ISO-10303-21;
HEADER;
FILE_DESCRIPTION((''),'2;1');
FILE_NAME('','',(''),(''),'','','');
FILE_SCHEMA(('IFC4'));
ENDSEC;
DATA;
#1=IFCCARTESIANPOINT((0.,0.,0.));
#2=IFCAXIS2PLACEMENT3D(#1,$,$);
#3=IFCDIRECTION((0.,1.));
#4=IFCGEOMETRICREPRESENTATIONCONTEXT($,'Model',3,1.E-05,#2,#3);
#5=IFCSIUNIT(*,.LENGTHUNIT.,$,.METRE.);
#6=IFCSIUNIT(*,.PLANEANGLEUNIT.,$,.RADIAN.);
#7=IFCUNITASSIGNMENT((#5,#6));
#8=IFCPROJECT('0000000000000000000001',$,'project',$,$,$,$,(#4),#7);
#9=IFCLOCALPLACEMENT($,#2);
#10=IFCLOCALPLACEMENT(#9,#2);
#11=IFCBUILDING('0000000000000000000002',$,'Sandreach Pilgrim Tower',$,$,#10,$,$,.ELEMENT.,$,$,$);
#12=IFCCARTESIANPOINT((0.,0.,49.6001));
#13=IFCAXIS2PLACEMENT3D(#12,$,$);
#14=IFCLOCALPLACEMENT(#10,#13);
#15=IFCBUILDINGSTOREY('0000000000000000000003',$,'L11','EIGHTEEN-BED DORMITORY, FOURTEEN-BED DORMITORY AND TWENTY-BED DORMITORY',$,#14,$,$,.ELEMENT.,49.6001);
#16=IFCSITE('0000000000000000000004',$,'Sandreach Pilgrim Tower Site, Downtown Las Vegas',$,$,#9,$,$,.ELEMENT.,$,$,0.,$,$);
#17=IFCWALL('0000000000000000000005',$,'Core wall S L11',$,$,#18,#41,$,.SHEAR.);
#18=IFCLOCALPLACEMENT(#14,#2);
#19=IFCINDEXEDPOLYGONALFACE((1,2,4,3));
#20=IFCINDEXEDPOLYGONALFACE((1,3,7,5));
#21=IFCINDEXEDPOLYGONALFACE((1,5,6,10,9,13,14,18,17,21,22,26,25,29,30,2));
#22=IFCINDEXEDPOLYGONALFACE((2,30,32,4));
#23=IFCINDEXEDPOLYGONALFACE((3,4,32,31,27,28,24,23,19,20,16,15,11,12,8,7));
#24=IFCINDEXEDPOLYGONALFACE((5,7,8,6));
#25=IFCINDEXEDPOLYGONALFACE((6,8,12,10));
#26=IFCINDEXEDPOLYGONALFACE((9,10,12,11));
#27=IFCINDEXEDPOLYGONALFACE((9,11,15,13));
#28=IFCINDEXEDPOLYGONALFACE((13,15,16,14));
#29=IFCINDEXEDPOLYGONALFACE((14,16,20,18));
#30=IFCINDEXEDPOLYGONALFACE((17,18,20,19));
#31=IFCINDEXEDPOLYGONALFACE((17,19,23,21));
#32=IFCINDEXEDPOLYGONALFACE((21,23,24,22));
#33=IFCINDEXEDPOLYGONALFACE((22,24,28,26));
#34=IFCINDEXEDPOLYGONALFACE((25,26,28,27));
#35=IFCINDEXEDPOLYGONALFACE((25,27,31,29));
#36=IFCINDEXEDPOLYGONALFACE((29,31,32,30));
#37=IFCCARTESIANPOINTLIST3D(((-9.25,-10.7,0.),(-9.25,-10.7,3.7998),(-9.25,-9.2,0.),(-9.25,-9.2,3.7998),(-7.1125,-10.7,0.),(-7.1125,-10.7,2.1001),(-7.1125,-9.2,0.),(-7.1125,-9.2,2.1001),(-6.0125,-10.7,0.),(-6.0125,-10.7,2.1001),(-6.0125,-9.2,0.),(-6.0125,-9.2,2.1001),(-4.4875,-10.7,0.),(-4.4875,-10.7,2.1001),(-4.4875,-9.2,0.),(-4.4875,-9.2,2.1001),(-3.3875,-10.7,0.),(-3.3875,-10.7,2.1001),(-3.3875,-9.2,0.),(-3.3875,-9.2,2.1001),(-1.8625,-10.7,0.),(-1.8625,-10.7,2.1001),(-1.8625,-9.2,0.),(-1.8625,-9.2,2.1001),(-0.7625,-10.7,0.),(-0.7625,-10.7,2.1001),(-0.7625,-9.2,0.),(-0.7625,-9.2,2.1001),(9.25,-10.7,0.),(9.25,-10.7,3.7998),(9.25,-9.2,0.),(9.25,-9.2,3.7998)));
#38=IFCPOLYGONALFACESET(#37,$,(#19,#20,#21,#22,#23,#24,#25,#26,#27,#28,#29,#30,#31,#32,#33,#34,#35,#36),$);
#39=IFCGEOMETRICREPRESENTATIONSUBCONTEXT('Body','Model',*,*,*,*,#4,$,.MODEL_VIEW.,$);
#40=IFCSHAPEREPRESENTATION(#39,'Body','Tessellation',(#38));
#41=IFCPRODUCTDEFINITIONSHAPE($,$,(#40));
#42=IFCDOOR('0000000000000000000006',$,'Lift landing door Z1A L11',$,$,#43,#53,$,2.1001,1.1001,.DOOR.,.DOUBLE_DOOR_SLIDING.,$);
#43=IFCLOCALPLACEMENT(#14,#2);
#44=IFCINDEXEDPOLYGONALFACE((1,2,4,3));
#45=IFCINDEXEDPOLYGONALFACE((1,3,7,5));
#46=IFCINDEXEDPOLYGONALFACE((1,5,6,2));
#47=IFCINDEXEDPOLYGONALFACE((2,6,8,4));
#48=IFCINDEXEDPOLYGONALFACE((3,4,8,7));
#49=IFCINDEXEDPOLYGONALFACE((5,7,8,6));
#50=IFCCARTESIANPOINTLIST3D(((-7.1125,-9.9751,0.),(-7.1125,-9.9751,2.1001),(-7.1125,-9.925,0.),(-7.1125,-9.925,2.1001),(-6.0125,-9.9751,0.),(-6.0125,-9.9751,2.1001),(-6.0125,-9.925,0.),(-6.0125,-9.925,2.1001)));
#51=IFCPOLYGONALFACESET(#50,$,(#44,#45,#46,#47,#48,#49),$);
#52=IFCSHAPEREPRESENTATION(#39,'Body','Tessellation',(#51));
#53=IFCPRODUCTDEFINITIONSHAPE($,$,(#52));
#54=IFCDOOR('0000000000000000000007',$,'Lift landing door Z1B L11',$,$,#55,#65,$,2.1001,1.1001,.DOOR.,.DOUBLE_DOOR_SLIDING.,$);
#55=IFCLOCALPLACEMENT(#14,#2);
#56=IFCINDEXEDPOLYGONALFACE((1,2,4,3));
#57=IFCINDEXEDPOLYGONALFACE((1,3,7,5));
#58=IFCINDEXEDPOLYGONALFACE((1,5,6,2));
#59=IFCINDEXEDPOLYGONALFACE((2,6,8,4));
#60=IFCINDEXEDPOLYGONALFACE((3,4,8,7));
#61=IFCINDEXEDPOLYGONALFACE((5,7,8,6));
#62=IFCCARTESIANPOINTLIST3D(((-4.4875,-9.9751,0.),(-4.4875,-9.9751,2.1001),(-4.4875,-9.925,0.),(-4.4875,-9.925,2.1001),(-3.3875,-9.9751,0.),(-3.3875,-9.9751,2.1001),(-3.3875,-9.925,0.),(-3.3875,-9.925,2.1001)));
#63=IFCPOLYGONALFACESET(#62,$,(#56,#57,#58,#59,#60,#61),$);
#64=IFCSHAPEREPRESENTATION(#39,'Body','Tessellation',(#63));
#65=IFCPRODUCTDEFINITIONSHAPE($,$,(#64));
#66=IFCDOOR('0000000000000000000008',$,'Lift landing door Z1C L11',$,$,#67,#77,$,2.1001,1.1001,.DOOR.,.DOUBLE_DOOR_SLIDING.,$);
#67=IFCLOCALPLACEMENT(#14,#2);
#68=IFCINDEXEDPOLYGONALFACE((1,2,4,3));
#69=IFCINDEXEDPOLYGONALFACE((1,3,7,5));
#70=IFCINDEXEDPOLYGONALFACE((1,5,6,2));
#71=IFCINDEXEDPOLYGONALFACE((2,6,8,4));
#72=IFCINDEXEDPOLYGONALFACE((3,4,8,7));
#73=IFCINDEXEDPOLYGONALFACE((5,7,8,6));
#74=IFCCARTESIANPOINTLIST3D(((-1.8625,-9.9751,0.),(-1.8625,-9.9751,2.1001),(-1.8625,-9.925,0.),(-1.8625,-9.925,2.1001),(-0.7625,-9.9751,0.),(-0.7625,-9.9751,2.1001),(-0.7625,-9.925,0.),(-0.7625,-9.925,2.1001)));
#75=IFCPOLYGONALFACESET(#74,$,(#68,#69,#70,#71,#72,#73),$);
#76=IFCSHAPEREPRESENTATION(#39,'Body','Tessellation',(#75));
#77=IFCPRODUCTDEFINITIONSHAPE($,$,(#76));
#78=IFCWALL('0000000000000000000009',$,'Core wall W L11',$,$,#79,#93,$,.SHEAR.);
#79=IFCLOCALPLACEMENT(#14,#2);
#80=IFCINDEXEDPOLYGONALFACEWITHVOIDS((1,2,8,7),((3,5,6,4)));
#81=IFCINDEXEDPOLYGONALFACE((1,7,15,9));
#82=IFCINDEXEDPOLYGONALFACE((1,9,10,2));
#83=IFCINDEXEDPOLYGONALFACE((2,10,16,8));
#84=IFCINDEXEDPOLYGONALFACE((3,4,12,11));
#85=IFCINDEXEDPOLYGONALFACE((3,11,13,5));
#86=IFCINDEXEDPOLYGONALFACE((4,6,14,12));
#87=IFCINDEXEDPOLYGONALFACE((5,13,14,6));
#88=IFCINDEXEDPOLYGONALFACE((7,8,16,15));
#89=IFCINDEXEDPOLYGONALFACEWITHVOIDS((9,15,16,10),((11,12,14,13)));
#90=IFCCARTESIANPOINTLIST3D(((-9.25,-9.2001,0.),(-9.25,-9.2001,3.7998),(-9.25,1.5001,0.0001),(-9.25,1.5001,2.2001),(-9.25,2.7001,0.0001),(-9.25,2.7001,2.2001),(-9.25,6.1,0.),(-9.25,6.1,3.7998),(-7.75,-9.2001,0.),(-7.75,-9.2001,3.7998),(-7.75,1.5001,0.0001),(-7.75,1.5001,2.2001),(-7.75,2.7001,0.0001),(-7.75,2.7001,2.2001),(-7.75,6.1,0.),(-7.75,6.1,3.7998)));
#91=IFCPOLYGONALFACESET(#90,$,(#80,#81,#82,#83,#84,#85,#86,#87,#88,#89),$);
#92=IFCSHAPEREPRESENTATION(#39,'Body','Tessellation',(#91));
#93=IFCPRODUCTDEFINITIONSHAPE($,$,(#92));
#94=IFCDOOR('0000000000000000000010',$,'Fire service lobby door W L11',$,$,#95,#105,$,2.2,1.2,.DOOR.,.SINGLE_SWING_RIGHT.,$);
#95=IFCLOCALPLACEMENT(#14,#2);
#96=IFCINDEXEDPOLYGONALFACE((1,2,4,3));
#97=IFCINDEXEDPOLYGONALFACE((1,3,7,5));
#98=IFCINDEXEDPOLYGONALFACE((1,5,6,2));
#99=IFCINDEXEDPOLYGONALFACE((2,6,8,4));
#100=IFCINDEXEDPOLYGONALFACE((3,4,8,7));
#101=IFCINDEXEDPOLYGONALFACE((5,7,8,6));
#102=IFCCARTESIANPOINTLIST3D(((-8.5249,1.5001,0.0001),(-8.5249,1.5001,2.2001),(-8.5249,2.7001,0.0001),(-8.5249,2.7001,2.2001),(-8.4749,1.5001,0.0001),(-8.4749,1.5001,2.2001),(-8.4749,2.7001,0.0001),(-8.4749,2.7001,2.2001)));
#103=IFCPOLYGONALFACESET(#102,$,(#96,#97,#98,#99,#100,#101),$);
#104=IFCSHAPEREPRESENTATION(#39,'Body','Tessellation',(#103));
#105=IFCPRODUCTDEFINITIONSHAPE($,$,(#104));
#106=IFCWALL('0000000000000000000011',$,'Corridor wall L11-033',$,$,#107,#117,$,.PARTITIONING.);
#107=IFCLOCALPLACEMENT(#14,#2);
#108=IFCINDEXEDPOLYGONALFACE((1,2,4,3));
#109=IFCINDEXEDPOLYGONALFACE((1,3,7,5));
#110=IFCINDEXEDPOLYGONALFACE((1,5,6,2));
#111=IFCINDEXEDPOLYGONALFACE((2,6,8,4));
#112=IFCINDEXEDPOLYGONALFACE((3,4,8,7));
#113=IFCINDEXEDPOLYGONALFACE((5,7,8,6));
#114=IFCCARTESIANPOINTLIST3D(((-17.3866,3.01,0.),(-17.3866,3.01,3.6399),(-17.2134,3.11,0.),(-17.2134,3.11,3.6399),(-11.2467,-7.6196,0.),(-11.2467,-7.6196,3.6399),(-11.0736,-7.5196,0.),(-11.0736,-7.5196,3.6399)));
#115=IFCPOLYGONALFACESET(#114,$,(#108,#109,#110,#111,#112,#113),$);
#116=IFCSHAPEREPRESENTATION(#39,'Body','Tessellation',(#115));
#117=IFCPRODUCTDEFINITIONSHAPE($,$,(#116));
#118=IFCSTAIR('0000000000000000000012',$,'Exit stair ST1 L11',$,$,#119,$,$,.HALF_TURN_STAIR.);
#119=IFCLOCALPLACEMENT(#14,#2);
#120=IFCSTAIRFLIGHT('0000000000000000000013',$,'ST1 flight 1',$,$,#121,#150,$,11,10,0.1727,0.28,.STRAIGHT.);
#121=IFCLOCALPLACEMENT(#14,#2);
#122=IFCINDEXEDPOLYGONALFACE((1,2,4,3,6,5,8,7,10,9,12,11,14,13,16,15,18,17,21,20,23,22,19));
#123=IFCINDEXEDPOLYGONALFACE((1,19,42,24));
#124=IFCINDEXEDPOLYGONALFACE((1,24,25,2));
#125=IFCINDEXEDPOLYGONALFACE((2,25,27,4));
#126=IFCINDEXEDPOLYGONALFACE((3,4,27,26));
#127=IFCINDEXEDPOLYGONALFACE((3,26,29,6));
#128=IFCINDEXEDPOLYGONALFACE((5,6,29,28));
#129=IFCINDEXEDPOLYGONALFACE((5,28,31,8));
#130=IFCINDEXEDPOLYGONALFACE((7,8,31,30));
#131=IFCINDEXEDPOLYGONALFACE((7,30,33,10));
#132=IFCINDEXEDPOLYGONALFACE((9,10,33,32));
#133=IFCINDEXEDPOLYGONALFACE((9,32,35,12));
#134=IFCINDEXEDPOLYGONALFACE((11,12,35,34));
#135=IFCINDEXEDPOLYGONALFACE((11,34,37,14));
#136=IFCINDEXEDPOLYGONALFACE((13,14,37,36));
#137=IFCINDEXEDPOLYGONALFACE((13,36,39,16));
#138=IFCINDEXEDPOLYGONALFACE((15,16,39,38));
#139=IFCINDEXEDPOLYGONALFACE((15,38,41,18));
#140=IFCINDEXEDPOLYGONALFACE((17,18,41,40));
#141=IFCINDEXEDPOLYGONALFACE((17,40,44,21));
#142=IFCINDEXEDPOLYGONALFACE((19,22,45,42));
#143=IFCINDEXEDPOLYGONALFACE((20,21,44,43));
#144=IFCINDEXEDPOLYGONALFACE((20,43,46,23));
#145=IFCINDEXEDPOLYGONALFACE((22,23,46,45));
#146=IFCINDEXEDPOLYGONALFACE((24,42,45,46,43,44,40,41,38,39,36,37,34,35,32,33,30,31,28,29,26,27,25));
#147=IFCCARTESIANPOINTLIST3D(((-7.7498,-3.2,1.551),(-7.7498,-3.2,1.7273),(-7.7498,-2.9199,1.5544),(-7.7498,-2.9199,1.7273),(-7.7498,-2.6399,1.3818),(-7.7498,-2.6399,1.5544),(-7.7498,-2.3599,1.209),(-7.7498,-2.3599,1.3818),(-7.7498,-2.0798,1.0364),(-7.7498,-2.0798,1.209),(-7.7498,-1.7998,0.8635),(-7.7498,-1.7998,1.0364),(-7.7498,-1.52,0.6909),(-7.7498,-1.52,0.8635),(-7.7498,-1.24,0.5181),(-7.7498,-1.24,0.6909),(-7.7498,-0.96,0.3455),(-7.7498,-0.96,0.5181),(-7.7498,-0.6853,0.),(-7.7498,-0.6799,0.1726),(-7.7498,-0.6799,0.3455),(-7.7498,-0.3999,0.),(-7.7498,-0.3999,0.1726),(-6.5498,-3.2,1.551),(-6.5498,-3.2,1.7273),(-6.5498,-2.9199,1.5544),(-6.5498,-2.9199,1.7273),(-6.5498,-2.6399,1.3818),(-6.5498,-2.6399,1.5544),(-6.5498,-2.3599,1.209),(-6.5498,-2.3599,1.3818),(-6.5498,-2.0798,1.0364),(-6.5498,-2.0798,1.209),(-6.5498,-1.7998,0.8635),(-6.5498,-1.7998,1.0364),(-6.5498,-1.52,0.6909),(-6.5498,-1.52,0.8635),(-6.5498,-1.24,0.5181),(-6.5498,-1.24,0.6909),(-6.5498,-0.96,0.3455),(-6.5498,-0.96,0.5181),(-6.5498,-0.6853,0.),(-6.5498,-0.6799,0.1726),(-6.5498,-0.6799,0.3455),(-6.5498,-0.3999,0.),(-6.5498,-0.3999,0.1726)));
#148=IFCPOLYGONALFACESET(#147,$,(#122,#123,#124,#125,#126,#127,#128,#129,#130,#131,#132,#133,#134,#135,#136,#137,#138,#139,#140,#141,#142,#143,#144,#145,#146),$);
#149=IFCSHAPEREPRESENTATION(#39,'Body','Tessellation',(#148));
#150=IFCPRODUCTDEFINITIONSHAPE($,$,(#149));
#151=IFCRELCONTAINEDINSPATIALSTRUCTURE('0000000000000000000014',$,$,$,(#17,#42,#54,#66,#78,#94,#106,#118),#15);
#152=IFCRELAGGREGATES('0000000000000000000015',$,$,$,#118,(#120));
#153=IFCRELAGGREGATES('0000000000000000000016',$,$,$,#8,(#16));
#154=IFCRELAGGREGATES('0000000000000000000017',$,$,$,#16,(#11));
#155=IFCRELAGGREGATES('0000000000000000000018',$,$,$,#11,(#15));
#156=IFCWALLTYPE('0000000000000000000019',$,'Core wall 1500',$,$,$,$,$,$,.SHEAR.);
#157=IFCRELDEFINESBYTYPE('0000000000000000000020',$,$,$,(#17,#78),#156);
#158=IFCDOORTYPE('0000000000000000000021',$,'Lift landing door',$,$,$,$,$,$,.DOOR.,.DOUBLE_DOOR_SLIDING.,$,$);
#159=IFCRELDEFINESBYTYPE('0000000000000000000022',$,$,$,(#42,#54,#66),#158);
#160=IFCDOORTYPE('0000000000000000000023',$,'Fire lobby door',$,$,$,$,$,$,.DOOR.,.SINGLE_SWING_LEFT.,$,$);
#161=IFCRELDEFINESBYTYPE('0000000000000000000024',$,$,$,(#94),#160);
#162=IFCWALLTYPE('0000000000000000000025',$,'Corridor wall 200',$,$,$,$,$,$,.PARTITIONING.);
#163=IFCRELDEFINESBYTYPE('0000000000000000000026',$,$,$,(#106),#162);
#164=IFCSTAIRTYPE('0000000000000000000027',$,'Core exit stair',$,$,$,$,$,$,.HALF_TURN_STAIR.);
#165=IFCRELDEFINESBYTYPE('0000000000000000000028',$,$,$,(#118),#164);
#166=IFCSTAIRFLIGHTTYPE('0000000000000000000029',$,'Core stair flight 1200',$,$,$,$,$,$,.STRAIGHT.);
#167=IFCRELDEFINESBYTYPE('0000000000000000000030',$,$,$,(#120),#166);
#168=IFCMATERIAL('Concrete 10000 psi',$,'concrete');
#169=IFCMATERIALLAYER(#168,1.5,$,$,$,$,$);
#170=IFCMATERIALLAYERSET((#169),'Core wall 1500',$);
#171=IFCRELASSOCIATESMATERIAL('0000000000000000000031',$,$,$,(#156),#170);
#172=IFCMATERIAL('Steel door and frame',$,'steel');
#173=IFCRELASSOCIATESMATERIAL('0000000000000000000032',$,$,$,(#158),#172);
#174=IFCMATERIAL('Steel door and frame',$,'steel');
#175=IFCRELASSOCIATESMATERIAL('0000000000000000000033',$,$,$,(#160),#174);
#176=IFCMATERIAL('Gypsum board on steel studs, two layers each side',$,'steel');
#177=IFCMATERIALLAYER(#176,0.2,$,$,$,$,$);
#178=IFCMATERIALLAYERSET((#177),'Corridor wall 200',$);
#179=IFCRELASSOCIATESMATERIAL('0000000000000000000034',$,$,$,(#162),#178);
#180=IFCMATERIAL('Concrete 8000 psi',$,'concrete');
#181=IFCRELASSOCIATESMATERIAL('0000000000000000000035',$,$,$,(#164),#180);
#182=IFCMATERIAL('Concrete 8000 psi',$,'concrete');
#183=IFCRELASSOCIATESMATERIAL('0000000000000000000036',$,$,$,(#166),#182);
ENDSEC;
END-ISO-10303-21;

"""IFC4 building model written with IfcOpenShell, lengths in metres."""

from ifc_helpers import new_model, si_unit, direction, frame, frame_2d, origin, place, context, subcontext, project, spatial, polyline, rectangle, outline, extrude, material, layer, layer_set, type_object, element, fill, aggregate, save


model = new_model("IFC4")

# Units and contexts
model_context = context("Model", 3, precision=1e-05, world=origin(), true_north=direction((0.0, 1.0)))
body_context = subcontext(model_context, "Body", "Model", "MODEL_VIEW")
ifc_project = project(units=[si_unit("LENGTHUNIT", "METRE"), si_unit("PLANEANGLEUNIT", "RADIAN")], contexts=[model_context])

# Site, building, storey
site_placement = place(None, origin())
site = spatial("IfcSite", under=ifc_project, at=site_placement, Name="Sandreach Pilgrim Tower Site, Downtown Las Vegas", CompositionType="ELEMENT", RefElevation=0.0)
building_placement = place(site_placement, origin())
building = spatial("IfcBuilding", under=site, at=building_placement, Name="Sandreach Pilgrim Tower", CompositionType="ELEMENT")
storey_placement = place(building_placement, frame((0.0, 0.0, 49.6001)))
storey = spatial("IfcBuildingStorey", under=building, at=storey_placement, Name="L11", Description="EIGHTEEN-BED DORMITORY, FOURTEEN-BED DORMITORY AND TWENTY-BED DORMITORY", CompositionType="ELEMENT", Elevation=49.6001)

# Wall, openings, doors
ifc_material_1 = material(Name="Concrete 10000 psi", Category="concrete")
ifc_layer_1 = layer(ifc_material_1, 1.5)
ifc_layer_set_1 = layer_set([ifc_layer_1], Name="Core wall 1500")
wall_type_1 = type_object("IfcWallType", Name="Core wall 1500", PredefinedType="SHEAR", material=ifc_layer_set_1)
wall_1_placement = place(storey_placement, frame((-9.25, -9.95, 0.0), z_axis=(0.0, 0.0, 1.0), x_axis=(1.0, 0.0, 0.0)))
wall_1 = element("IfcWall", 1, at=wall_1_placement, inside=storey, type_object=wall_type_1, Name="Core wall S L11", PredefinedType="SHEAR", context=body_context, shape_type="SweptSolid", body=[
    extrude(rectangle(XDim=18.5, YDim=1.5, at=frame_2d((9.25, 0.0))), origin(), (0.0, 0.0, 1.0), 3.7998),
])
opening_1_placement = place(wall_1_placement, frame((2.1375, 0.0, 0.0)))
opening_1 = element("IfcOpeningElement", 2, at=opening_1_placement, cuts=wall_1, PredefinedType="OPENING", context=body_context, shape_type="SweptSolid", body=[
    extrude(rectangle(XDim=1.1001, YDim=2.1001, at=frame_2d((0.55, 1.05))), frame((0.0, 0.75, 0.0), z_axis=(0.0, -1.0, 0.0), x_axis=(1.0, 0.0, 0.0)), (0.0, 0.0, 1.0), 1.5),
])
opening_2_placement = place(wall_1_placement, frame((4.7625, 0.0, 0.0)))
opening_2 = element("IfcOpeningElement", 3, at=opening_2_placement, cuts=wall_1, PredefinedType="OPENING", context=body_context, shape_type="SweptSolid", body=[
    extrude(rectangle(XDim=1.1001, YDim=2.1001, at=frame_2d((0.55, 1.05))), frame((0.0, 0.75, 0.0), z_axis=(0.0, -1.0, 0.0), x_axis=(1.0, 0.0, 0.0)), (0.0, 0.0, 1.0), 1.5),
])
opening_3_placement = place(wall_1_placement, frame((7.3875, 0.0, 0.0)))
opening_3 = element("IfcOpeningElement", 4, at=opening_3_placement, cuts=wall_1, PredefinedType="OPENING", context=body_context, shape_type="SweptSolid", body=[
    extrude(rectangle(XDim=1.1001, YDim=2.1001, at=frame_2d((0.55, 1.05))), frame((0.0, 0.75, 0.0), z_axis=(0.0, -1.0, 0.0), x_axis=(1.0, 0.0, 0.0)), (0.0, 0.0, 1.0), 1.5),
])
ifc_material_2 = material(Name="Steel door and frame", Category="steel")
door_type_1 = type_object("IfcDoorType", Name="Lift landing door", OperationType="DOUBLE_DOOR_SLIDING", PredefinedType="DOOR", material=ifc_material_2)
door_1_placement = place(opening_1_placement, origin())
door_1 = element("IfcDoor", 5, at=door_1_placement, inside=storey, type_object=door_type_1, Name="Lift landing door Z1A L11", OperationType="DOUBLE_DOOR_SLIDING", OverallHeight=2.1001, OverallWidth=1.1001, PredefinedType="DOOR", context=body_context, shape_type="SweptSolid", body=[
    extrude(rectangle(XDim=1.1001, YDim=2.1001, at=frame_2d((0.55, 1.05))), frame((0.0, 0.0249, 0.0), z_axis=(0.0, -1.0, 0.0), x_axis=(1.0, 0.0, 0.0)), (0.0, 0.0, 1.0), 0.05),
])
fill(opening_1, door_1)
door_2_placement = place(opening_2_placement, origin())
door_2 = element("IfcDoor", 6, at=door_2_placement, inside=storey, type_object=door_type_1, Name="Lift landing door Z1B L11", OperationType="DOUBLE_DOOR_SLIDING", OverallHeight=2.1001, OverallWidth=1.1001, PredefinedType="DOOR", context=body_context, shape_type="SweptSolid", body=[
    extrude(rectangle(XDim=1.1001, YDim=2.1001, at=frame_2d((0.55, 1.05))), frame((0.0, 0.0249, 0.0), z_axis=(0.0, -1.0, 0.0), x_axis=(1.0, 0.0, 0.0)), (0.0, 0.0, 1.0), 0.05),
])
fill(opening_2, door_2)
door_3_placement = place(opening_3_placement, origin())
door_3 = element("IfcDoor", 7, at=door_3_placement, inside=storey, type_object=door_type_1, Name="Lift landing door Z1C L11", OperationType="DOUBLE_DOOR_SLIDING", OverallHeight=2.1001, OverallWidth=1.1001, PredefinedType="DOOR", context=body_context, shape_type="SweptSolid", body=[
    extrude(rectangle(XDim=1.1001, YDim=2.1001, at=frame_2d((0.55, 1.05))), frame((0.0, 0.0249, 0.0), z_axis=(0.0, -1.0, 0.0), x_axis=(1.0, 0.0, 0.0)), (0.0, 0.0, 1.0), 0.05),
])
fill(opening_3, door_3)

# Wall, opening, door
wall_2_placement = place(storey_placement, frame((-8.5, -9.2, 0.0), z_axis=(0.0, 0.0, 1.0), x_axis=(0.0, 1.0, 0.0)))
wall_2 = element("IfcWall", 8, at=wall_2_placement, inside=storey, type_object=wall_type_1, Name="Core wall W L11", PredefinedType="SHEAR", context=body_context, shape_type="SweptSolid", body=[
    extrude(rectangle(XDim=15.3, YDim=1.5, at=frame_2d((7.6499, 0.0))), origin(), (0.0, 0.0, 1.0), 3.7998),
])
opening_4_placement = place(wall_2_placement, frame((10.7, 0.0, 0.0)))
opening_4 = element("IfcOpeningElement", 9, at=opening_4_placement, cuts=wall_2, PredefinedType="OPENING", context=body_context, shape_type="SweptSolid", body=[
    extrude(rectangle(XDim=1.2, YDim=2.2, at=frame_2d((0.6001, 1.1001))), frame((0.0, 0.75, 0.0), z_axis=(0.0, -1.0, 0.0), x_axis=(1.0, 0.0, 0.0)), (0.0, 0.0, 1.0), 1.5),
])
ifc_material_3 = material(Name="Steel door and frame", Category="steel")
door_type_2 = type_object("IfcDoorType", Name="Fire lobby door", OperationType="SINGLE_SWING_LEFT", PredefinedType="DOOR", material=ifc_material_3)
door_4_placement = place(opening_4_placement, origin())
door_4 = element("IfcDoor", 10, at=door_4_placement, inside=storey, type_object=door_type_2, Name="Fire service lobby door W L11", OperationType="SINGLE_SWING_RIGHT", OverallHeight=2.2, OverallWidth=1.2, PredefinedType="DOOR", context=body_context, shape_type="SweptSolid", body=[
    extrude(rectangle(XDim=1.2, YDim=2.2, at=frame_2d((0.6001, 1.1001))), frame((0.0, 0.0249, 0.0), z_axis=(0.0, -1.0, 0.0), x_axis=(1.0, 0.0, 0.0)), (0.0, 0.0, 1.0), 0.05),
])
fill(opening_4, door_4)
ifc_material_4 = material(Name="Gypsum board on steel studs, two layers each side", Category="steel")
ifc_layer_2 = layer(ifc_material_4, 0.2)
ifc_layer_set_2 = layer_set([ifc_layer_2], Name="Corridor wall 200")
wall_type_2 = type_object("IfcWallType", Name="Corridor wall 200", PredefinedType="PARTITIONING", material=ifc_layer_set_2)

# Wall
wall_3_placement = place(storey_placement, frame((-11.1602, -7.5696, 0.0), z_axis=(0.0, 0.0, 1.0), x_axis=(-0.500175, 0.865924, 0.0)))
element("IfcWall", 11, at=wall_3_placement, inside=storey, type_object=wall_type_2, Name="Corridor wall L11-033", PredefinedType="PARTITIONING", context=body_context, shape_type="SweptSolid", body=[
    extrude(rectangle(XDim=12.2754, YDim=0.2, at=frame_2d((6.1377, 0.0))), origin(), (0.0, 0.0, 1.0), 3.6399),
])

# Stair, stair flight
ifc_material_5 = material(Name="Concrete 8000 psi", Category="concrete")
stair_type = type_object("IfcStairType", Name="Core exit stair", PredefinedType="HALF_TURN_STAIR", material=ifc_material_5)
stair_placement = place(storey_placement, origin())
stair = element("IfcStair", 12, at=stair_placement, inside=storey, type_object=stair_type, Name="Exit stair ST1 L11", PredefinedType="HALF_TURN_STAIR")
ifc_material_6 = material(Name="Concrete 8000 psi", Category="concrete")
stair_flight_type = type_object("IfcStairFlightType", Name="Core stair flight 1200", PredefinedType="STRAIGHT", material=ifc_material_6)
stair_flight_placement = place(storey_placement, frame((-7.1499, -0.3999, 0.0), z_axis=(0.0, 0.0, 1.0), x_axis=(0.0, -1.0, 0.0)))
stair_flight = element("IfcStairFlight", 13, at=stair_flight_placement, type_object=stair_flight_type, Name="ST1 flight 1", NumberOfRisers=11, NumberOfTreads=10, PredefinedType="STRAIGHT", RiserHeight=0.1727, TreadLength=0.28, context=body_context, shape_type="SweptSolid", body=[
    extrude(outline(polyline([(0.0, 0.0), (0.0, 0.1726), (0.28, 0.1726), (0.28, 0.3455), (0.5601, 0.3455), (0.5601, 0.5181), (0.8401, 0.5181), (0.8401, 0.6909), (1.1201, 0.6909), (1.1201, 0.8635), (1.3999, 0.8635), (1.3999, 1.0364), (1.6799, 1.0364), (1.6799, 1.209), (1.96, 1.209), (1.96, 1.3818), (2.24, 1.3818), (2.24, 1.5544), (2.52, 1.5544), (2.52, 1.7273), (2.8, 1.7273), (2.8, 1.8999), (2.8, 1.551), (0.2854, 0.0), (0.0, 0.0)])), frame((0.0, 0.6001, 0.0), z_axis=(0.0, -1.0, 0.0), x_axis=(1.0, 0.0, 0.0)), (0.0, 0.0, 1.0), 1.2),
])
aggregate(stair, [stair_flight])

save(model, "model.ifc")
